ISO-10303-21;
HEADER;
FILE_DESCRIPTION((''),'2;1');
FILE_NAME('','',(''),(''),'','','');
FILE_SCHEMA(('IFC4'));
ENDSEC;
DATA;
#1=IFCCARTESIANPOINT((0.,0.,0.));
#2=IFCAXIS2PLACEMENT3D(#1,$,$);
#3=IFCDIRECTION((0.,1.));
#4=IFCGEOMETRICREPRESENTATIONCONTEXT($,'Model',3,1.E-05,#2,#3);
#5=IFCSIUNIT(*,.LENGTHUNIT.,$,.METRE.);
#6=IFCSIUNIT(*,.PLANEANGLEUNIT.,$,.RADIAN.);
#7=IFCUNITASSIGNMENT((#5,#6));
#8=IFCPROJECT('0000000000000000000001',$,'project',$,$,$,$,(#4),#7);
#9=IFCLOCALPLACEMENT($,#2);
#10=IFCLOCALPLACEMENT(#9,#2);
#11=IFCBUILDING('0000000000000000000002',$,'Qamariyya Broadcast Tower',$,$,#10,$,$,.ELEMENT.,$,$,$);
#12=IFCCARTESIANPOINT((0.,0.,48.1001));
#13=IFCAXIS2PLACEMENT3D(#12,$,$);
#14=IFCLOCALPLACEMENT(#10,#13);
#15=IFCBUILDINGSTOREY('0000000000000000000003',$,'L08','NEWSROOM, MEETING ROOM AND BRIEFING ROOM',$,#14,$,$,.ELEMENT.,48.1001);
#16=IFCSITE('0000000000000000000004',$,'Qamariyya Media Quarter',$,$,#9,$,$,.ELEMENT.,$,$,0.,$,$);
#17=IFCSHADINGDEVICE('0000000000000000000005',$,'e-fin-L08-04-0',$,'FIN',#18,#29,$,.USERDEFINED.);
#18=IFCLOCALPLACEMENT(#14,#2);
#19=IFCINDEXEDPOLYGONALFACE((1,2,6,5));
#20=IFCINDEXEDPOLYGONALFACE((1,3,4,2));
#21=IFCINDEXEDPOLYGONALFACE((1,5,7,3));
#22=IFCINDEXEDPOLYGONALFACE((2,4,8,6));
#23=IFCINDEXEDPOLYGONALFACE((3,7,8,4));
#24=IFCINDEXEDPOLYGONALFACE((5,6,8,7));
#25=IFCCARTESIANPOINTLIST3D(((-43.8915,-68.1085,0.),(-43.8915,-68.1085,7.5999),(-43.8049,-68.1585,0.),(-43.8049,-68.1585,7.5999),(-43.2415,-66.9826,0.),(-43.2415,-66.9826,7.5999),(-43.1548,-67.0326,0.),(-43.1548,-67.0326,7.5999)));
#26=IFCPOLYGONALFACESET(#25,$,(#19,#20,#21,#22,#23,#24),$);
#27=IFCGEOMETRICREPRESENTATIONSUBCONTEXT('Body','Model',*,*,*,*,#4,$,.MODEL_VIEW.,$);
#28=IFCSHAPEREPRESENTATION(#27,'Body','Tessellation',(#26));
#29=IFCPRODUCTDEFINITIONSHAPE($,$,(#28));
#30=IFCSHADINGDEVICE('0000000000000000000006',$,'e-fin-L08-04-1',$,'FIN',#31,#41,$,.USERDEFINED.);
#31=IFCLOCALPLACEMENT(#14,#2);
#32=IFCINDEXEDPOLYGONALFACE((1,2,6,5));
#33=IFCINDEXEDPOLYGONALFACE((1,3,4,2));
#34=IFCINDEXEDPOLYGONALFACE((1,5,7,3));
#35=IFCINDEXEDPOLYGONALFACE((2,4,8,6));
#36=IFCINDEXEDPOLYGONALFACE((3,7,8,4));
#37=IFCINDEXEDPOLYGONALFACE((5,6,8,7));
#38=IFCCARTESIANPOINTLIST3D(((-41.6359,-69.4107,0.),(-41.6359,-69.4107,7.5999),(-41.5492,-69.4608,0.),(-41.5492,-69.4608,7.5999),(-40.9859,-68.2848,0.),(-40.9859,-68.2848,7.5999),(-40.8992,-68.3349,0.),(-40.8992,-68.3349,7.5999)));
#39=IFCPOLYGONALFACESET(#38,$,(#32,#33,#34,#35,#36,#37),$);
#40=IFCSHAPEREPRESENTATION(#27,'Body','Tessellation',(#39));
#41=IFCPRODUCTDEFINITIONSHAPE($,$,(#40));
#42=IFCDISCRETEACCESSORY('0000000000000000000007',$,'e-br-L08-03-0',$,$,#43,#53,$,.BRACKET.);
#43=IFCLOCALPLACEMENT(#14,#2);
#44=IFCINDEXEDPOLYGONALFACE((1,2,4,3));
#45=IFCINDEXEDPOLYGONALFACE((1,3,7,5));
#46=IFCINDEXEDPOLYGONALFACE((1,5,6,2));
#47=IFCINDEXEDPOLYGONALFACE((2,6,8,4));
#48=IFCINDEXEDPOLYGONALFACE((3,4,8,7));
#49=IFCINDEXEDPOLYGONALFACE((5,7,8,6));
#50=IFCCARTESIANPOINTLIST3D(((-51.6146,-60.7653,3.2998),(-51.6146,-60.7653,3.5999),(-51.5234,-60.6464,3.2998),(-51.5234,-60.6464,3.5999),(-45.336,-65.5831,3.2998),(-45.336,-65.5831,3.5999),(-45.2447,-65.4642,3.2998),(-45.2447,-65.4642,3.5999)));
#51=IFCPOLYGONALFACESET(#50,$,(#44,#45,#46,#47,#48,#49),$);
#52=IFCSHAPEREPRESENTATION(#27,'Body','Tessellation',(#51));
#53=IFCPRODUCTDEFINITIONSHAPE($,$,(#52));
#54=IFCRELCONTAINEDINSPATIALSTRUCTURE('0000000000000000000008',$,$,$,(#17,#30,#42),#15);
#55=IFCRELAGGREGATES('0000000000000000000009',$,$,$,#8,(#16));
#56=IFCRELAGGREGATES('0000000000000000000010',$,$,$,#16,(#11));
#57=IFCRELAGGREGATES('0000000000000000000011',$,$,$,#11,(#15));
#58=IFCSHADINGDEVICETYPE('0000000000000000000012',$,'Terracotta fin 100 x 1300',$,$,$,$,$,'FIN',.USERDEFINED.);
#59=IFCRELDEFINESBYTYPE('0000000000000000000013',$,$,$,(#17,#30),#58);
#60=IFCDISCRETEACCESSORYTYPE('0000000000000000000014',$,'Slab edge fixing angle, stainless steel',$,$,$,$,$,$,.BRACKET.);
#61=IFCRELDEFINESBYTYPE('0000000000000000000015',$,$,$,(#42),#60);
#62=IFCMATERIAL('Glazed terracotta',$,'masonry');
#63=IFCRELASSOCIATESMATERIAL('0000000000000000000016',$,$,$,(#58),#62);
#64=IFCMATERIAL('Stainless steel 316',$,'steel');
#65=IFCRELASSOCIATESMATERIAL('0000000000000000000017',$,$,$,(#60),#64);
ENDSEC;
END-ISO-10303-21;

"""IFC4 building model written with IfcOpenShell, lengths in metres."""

from ifc_helpers import new_model, si_unit, direction, frame, origin, origin_2d, place, context, subcontext, project, spatial, rectangle, extrude, material, material_profile, profile_set, type_object, element, save


model = new_model("IFC4")

# Units and contexts
model_context = context("Model", 3, precision=1e-05, world=origin(), true_north=direction((0.0, 1.0)))
body_context = subcontext(model_context, "Body", "Model", "MODEL_VIEW")
ifc_project = project(units=[si_unit("LENGTHUNIT", "METRE"), si_unit("PLANEANGLEUNIT", "RADIAN")], contexts=[model_context])

# Site, building, storey
site_placement = place(None, origin())
site = spatial("IfcSite", under=ifc_project, at=site_placement, Name="Qamariyya Media Quarter", CompositionType="ELEMENT", RefElevation=0.0)
building_placement = place(site_placement, origin())
building = spatial("IfcBuilding", under=site, at=building_placement, Name="Qamariyya Broadcast Tower", CompositionType="ELEMENT")
storey_placement = place(building_placement, frame((0.0, 0.0, 48.1001)))
storey = spatial("IfcBuildingStorey", under=building, at=storey_placement, Name="L08", Description="NEWSROOM, MEETING ROOM AND BRIEFING ROOM", CompositionType="ELEMENT", Elevation=48.1001)

# Shading devices
ifc_material_1 = material(Name="Glazed terracotta", Category="masonry")
ifc_material_profile_1 = material_profile(ifc_material_1, rectangle(XDim=1.3, YDim=0.1001, at=origin_2d()))
ifc_profile_set_1 = profile_set([ifc_material_profile_1], Name="Glazed terracotta")
shading_device_type_1 = type_object("IfcShadingDeviceType", Name="Terracotta fin 100 x 1300", ElementType="FIN", PredefinedType="USERDEFINED", material=ifc_profile_set_1)
for number, where, z_axis, x_axis, name in (
    (1, (-43.5232, -67.5706, 0.0), (0.0, 0.0, 1.0), (-0.5, -0.866025, 0.0), "e-fin-L08-04-0"),
    (2, (-41.2676, -68.8728, 0.0), (0.0, 0.0, 1.0), (-0.5, -0.866025, 0.0), "e-fin-L08-04-1"),
):
    element("IfcShadingDevice", number, at=place(storey_placement, frame(where, z_axis=z_axis, x_axis=x_axis)), inside=storey, type_object=shading_device_type_1, Name=name, ObjectType="FIN", PredefinedType="USERDEFINED", context=body_context, shape_type="SweptSolid", body=[
        extrude(rectangle(XDim=1.3, YDim=0.1001, at=origin_2d()), origin(), (0.0, 0.0, 1.0), 7.5999),
    ])

# Discrete accessory
ifc_material_2 = material(Name="Stainless steel 316", Category="steel")
discrete_accessory_type = type_object("IfcDiscreteAccessoryType", Name="Slab edge fixing angle, stainless steel", PredefinedType="BRACKET", material=ifc_material_2)
discrete_accessory_placement = place(storey_placement, frame((-48.4297, -63.1147, 3.2998), z_axis=(0.0, 0.0, 1.0), x_axis=(0.793353, -0.608761, 0.0)))
element("IfcDiscreteAccessory", 3, at=discrete_accessory_placement, inside=storey, type_object=discrete_accessory_type, Name="e-br-L08-03-0", PredefinedType="BRACKET", context=body_context, shape_type="SweptSolid", body=[
    extrude(rectangle(XDim=7.9141, YDim=0.1499, at=origin_2d()), origin(), (0.0, 0.0, 1.0), 0.3),
])

save(model, "model.ifc")
